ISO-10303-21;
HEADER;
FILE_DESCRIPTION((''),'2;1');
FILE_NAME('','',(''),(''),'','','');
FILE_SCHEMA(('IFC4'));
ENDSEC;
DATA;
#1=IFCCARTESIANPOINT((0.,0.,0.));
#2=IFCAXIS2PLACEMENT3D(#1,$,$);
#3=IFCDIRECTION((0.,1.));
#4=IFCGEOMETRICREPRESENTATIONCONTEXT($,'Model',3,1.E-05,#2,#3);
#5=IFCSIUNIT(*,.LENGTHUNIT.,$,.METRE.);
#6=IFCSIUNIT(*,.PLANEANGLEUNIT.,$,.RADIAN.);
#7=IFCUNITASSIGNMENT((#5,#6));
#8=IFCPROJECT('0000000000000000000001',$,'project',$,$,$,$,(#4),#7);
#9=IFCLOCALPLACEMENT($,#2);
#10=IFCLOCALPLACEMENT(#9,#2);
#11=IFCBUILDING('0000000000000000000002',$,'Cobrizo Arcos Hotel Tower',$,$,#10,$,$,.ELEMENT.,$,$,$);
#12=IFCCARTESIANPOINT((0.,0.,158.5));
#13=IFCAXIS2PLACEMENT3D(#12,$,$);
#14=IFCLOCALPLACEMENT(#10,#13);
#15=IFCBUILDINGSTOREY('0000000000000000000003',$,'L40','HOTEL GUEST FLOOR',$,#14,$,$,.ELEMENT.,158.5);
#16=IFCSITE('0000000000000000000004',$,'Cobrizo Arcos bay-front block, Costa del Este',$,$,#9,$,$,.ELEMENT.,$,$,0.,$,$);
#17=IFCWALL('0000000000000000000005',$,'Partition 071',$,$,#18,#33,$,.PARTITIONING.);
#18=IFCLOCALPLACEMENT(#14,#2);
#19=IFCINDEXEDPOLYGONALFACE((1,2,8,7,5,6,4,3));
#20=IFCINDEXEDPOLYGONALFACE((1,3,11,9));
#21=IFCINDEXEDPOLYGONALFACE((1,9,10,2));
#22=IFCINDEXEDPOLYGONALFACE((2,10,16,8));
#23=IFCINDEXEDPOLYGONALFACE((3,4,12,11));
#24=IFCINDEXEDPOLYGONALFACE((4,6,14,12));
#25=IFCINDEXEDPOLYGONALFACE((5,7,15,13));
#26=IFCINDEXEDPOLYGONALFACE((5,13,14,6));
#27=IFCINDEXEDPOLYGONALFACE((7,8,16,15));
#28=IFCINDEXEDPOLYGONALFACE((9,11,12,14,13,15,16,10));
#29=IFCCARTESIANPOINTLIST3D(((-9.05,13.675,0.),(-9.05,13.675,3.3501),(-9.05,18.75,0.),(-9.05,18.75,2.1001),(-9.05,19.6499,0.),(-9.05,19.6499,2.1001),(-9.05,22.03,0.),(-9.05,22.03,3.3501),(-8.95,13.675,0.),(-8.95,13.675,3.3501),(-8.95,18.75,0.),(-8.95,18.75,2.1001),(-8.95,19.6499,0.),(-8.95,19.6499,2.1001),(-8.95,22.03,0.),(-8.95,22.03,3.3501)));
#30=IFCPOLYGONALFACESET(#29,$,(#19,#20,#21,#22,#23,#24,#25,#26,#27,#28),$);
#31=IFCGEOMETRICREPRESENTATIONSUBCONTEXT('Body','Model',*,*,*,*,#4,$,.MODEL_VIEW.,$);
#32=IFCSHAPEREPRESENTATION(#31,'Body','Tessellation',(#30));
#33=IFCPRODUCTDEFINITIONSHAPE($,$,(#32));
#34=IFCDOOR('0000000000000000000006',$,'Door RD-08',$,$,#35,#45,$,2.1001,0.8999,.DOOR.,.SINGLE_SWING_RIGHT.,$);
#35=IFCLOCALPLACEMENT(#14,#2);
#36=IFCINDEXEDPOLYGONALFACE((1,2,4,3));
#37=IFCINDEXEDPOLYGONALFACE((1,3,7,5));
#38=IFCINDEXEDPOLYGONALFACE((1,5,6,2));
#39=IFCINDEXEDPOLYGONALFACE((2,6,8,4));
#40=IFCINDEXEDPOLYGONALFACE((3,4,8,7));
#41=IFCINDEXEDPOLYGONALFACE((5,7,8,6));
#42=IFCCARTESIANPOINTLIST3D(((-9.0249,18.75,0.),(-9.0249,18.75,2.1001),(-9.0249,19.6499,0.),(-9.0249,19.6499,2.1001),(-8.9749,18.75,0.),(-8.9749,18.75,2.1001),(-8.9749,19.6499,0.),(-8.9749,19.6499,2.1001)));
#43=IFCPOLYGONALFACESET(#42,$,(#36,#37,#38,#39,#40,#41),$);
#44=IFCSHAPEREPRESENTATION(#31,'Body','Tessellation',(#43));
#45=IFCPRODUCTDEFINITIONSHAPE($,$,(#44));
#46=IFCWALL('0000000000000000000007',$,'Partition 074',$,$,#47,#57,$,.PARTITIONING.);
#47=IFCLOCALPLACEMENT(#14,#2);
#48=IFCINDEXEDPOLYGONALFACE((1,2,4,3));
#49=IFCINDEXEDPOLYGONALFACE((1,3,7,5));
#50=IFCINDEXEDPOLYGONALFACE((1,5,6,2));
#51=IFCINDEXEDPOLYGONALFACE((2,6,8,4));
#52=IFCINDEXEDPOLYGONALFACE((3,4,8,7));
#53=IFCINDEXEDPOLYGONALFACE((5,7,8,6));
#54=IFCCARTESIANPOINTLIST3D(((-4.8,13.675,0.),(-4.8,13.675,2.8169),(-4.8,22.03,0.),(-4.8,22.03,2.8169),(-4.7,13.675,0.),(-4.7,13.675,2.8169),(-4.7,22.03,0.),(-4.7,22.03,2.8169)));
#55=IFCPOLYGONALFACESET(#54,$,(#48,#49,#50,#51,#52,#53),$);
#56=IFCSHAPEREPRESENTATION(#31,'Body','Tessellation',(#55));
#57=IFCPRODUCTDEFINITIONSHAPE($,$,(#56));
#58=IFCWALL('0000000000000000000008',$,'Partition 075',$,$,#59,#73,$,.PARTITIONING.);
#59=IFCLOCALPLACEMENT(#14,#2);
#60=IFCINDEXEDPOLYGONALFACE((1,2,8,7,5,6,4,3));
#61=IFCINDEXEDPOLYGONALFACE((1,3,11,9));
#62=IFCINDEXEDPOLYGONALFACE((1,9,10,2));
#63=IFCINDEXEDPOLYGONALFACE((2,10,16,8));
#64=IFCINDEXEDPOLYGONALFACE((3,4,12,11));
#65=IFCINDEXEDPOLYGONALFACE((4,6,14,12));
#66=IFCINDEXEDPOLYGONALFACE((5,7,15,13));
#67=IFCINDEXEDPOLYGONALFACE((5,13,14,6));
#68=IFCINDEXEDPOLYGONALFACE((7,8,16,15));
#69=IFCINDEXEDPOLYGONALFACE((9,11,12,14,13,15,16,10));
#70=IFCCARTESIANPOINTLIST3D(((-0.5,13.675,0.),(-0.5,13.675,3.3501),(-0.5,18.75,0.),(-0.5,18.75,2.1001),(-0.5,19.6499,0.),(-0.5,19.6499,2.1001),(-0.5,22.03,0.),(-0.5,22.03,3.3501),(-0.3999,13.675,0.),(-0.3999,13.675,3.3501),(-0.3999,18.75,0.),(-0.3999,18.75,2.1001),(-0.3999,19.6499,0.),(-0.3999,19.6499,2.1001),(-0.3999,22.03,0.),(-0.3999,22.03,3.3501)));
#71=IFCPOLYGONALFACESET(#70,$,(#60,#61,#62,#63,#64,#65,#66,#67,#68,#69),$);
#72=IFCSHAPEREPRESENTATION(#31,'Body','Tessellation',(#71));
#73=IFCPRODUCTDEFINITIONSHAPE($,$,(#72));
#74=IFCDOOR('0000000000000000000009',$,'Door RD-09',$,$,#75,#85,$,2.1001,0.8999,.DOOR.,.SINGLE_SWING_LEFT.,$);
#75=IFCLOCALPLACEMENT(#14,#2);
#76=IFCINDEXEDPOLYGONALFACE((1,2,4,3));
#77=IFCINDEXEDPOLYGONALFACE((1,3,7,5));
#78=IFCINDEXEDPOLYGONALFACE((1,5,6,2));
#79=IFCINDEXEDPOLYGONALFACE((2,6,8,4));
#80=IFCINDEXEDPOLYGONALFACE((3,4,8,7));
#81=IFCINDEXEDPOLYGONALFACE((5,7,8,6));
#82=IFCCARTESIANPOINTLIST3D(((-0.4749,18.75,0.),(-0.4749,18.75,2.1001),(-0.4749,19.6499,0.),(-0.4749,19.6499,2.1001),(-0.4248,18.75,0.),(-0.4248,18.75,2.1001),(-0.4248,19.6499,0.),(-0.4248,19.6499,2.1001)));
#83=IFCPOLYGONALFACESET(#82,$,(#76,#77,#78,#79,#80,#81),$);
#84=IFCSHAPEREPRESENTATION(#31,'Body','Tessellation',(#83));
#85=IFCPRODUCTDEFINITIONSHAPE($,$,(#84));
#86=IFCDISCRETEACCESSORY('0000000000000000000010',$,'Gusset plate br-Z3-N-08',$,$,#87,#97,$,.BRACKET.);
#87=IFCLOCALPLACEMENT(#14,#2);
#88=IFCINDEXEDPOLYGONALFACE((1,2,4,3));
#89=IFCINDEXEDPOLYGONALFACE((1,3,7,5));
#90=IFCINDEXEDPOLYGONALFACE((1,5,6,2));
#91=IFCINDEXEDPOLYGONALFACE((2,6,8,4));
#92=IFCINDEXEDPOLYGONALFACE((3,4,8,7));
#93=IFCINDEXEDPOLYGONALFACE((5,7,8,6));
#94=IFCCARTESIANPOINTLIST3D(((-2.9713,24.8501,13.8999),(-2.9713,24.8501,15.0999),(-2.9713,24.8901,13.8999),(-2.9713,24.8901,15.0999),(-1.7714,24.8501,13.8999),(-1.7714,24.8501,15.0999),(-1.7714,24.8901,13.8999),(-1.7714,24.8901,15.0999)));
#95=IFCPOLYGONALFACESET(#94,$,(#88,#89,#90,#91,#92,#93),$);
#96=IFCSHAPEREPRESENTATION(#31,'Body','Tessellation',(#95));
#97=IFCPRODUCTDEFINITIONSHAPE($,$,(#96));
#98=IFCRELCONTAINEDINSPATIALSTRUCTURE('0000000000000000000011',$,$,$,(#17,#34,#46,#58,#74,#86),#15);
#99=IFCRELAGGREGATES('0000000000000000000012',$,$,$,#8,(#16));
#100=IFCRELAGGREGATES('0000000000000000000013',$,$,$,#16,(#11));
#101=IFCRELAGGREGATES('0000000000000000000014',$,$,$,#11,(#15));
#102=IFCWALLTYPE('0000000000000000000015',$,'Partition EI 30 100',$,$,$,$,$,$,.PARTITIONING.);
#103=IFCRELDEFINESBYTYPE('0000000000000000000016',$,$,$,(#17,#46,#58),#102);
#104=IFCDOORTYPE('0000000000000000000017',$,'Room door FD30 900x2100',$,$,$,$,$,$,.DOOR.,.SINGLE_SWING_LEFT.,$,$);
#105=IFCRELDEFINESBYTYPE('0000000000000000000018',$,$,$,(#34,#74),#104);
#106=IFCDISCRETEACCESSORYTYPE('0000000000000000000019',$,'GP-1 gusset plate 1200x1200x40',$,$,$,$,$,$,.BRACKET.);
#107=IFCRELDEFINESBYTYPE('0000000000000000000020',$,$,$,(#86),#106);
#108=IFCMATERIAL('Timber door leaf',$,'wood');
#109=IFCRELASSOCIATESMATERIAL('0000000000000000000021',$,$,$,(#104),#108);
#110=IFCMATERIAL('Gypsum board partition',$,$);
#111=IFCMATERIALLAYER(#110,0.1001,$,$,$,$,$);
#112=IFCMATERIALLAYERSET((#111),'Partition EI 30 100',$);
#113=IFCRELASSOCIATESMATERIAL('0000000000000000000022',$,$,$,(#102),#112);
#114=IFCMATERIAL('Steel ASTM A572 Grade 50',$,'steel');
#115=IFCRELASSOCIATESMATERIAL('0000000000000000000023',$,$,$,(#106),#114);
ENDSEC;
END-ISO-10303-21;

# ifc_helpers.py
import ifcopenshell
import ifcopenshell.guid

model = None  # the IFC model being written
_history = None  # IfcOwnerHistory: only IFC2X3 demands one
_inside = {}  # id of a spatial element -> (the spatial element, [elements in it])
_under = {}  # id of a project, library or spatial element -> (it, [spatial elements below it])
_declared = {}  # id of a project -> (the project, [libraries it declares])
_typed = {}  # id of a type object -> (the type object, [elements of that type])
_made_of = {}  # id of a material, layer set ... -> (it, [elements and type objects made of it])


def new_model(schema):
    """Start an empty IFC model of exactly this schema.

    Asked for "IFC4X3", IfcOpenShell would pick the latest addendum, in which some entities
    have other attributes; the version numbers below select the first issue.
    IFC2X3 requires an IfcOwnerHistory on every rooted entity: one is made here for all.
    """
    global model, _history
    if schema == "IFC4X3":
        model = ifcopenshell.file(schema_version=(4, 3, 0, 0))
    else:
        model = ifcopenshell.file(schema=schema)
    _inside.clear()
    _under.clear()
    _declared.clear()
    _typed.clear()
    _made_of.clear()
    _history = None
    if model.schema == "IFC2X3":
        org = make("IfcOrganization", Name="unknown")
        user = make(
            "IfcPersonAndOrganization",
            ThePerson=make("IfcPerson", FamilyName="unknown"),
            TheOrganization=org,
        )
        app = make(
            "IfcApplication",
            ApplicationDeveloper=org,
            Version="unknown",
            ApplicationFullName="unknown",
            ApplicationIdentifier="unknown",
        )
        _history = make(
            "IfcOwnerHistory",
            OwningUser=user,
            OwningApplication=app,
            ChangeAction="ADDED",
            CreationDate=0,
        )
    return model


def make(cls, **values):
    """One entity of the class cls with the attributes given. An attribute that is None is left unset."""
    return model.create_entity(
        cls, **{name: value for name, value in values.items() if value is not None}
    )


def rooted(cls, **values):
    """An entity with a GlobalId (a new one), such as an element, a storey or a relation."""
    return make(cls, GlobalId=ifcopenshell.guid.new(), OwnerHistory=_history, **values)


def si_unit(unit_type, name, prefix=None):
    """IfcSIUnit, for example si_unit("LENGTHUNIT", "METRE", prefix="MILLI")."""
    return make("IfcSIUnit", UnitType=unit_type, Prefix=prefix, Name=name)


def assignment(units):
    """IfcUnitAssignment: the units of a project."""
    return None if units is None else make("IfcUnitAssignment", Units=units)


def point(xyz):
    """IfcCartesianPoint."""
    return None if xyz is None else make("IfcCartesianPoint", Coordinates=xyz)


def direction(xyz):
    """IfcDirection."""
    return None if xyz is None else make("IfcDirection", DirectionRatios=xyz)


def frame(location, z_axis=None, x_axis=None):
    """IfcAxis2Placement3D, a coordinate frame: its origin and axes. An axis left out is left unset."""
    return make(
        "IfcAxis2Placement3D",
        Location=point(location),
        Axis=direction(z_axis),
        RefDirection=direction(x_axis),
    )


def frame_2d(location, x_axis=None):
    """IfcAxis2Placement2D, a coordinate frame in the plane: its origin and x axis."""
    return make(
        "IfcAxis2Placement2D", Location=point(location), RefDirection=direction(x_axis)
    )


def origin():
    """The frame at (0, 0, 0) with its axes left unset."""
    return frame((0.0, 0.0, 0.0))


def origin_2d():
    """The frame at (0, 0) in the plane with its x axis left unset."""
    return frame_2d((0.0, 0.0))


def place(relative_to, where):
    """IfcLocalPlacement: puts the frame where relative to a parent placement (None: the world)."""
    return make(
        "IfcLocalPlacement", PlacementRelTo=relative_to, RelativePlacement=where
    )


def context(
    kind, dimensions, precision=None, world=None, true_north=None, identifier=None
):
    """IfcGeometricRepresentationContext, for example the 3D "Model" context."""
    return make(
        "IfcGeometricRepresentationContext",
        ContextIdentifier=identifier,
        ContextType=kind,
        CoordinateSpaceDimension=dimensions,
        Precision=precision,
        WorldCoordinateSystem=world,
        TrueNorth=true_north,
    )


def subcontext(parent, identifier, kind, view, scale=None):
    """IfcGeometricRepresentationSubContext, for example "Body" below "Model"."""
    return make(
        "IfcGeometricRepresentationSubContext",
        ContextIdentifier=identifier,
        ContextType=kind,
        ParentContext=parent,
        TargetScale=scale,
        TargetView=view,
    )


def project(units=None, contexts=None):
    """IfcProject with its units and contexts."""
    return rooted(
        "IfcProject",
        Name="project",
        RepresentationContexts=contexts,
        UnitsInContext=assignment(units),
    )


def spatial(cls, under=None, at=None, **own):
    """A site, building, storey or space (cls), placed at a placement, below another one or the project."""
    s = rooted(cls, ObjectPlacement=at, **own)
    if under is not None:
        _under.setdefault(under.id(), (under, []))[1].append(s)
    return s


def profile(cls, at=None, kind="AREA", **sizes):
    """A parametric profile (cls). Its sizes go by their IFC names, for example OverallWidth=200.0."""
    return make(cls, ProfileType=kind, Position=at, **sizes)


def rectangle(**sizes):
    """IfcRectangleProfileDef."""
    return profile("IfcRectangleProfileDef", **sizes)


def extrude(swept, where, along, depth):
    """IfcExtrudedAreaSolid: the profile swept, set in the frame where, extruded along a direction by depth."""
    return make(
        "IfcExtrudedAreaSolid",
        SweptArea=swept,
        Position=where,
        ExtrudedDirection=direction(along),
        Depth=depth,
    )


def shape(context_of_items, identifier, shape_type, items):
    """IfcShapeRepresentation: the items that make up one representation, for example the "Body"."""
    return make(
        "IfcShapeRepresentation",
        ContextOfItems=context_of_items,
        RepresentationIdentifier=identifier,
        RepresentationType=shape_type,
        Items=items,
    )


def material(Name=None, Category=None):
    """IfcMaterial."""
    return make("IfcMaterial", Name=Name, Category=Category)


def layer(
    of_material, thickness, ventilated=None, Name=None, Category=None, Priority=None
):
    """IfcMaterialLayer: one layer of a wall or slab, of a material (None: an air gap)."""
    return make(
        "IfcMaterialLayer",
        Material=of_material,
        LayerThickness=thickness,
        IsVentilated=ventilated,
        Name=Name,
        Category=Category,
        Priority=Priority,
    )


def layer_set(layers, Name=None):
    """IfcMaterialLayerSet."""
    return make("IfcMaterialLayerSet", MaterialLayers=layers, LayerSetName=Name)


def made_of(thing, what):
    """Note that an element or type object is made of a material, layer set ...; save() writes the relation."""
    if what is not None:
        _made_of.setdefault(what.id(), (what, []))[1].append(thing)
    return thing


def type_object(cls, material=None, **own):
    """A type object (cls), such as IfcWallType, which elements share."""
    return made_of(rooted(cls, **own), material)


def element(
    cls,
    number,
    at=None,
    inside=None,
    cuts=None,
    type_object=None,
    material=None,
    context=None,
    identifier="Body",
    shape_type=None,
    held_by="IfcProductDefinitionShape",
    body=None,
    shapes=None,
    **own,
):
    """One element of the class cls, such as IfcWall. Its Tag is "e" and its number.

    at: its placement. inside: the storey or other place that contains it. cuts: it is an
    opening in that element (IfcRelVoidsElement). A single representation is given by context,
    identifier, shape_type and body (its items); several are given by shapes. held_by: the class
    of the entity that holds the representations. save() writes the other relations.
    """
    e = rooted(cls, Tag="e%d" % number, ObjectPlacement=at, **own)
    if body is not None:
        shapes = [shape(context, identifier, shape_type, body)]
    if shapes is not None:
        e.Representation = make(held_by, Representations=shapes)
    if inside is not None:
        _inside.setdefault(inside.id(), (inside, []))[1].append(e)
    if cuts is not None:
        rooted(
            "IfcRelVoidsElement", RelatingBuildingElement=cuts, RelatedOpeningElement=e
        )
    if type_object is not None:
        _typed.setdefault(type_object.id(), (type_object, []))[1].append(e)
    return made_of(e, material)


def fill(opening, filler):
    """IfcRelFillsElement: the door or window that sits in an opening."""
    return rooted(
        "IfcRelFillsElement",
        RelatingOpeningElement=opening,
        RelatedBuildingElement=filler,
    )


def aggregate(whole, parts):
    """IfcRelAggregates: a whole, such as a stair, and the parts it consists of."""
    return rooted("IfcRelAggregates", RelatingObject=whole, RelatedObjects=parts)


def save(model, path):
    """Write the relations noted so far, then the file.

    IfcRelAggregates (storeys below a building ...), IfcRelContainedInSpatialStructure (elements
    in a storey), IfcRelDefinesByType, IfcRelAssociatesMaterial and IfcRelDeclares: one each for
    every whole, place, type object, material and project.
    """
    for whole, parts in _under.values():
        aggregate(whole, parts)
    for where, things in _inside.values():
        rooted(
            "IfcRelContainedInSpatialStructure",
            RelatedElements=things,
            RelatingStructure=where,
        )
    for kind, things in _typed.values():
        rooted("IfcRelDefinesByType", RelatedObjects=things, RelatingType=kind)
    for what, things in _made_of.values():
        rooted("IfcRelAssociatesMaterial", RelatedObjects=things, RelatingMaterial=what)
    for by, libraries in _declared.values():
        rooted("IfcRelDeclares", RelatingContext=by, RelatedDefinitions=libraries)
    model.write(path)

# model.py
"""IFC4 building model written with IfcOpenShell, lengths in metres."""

from ifc_helpers import new_model, si_unit, direction, frame, frame_2d, origin, origin_2d, place, context, subcontext, project, spatial, rectangle, extrude, material, layer, layer_set, type_object, element, fill, save


model = new_model("IFC4")

# Units and contexts
model_context = context("Model", 3, precision=1e-05, world=origin(), true_north=direction((0.0, 1.0)))
body_context = subcontext(model_context, "Body", "Model", "MODEL_VIEW")
ifc_project = project(units=[si_unit("LENGTHUNIT", "METRE"), si_unit("PLANEANGLEUNIT", "RADIAN")], contexts=[model_context])

# Site, building, storey
site_placement = place(None, origin())
site = spatial("IfcSite", under=ifc_project, at=site_placement, Name="Cobrizo Arcos bay-front block, Costa del Este", CompositionType="ELEMENT", RefElevation=0.0)
building_placement = place(site_placement, origin())
building = spatial("IfcBuilding", under=site, at=building_placement, Name="Cobrizo Arcos Hotel Tower", CompositionType="ELEMENT")
storey_placement = place(building_placement, frame((0.0, 0.0, 158.5)))
storey = spatial("IfcBuildingStorey", under=building, at=storey_placement, Name="L40", Description="HOTEL GUEST FLOOR", CompositionType="ELEMENT", Elevation=158.5)

# Shared definitions
ifc_material_1 = material(Name="Steel ASTM A572 Grade 50", Category="steel")

# Shared definitions
ifc_material_2 = material(Name="Gypsum board partition")
ifc_material_3 = material(Name="Timber door leaf", Category="wood")
door_type_1 = type_object("IfcDoorType", Name="Room door FD30 900x2100", OperationType="SINGLE_SWING_LEFT", PredefinedType="DOOR", material=ifc_material_3)

# Shared definitions
ifc_layer_1 = layer(ifc_material_2, 0.1001)
ifc_layer_set_1 = layer_set([ifc_layer_1], Name="Partition EI 30 100")
wall_type_1 = type_object("IfcWallType", Name="Partition EI 30 100", PredefinedType="PARTITIONING", material=ifc_layer_set_1)

# Wall, opening, door
wall_1_placement = place(storey_placement, frame((-9.0, 13.675, 0.0), z_axis=(0.0, 0.0, 1.0), x_axis=(0.0, 1.0, 0.0)))
wall_1 = element("IfcWall", 1, at=wall_1_placement, inside=storey, type_object=wall_type_1, Name="Partition 071", PredefinedType="PARTITIONING", context=body_context, shape_type="SweptSolid", body=[
    extrude(rectangle(XDim=8.355, YDim=0.1001, at=frame_2d((4.1775, 0.0))), origin(), (0.0, 0.0, 1.0), 3.3501),
])
opening_1_placement = place(wall_1_placement, frame((5.075, 0.0, 0.0)))
opening_1 = element("IfcOpeningElement", 2, at=opening_1_placement, cuts=wall_1, PredefinedType="OPENING", context=body_context, shape_type="SweptSolid", body=[
    extrude(rectangle(XDim=0.8999, YDim=2.1001, at=frame_2d((0.45, 1.05))), frame((0.0, 0.062, 0.0), z_axis=(0.0, -1.0, 0.0), x_axis=(1.0, 0.0, 0.0)), (0.0, 0.0, 1.0), 0.124),
])
door_1_placement = place(opening_1_placement, origin())
door_1 = element("IfcDoor", 3, at=door_1_placement, inside=storey, type_object=door_type_1, Name="Door RD-08", OperationType="SINGLE_SWING_RIGHT", OverallHeight=2.1001, OverallWidth=0.8999, PredefinedType="DOOR", context=body_context, shape_type="SweptSolid", body=[
    extrude(rectangle(XDim=0.8999, YDim=2.1001, at=frame_2d((0.45, 1.05))), frame((0.0, 0.0249, 0.0), z_axis=(0.0, -1.0, 0.0), x_axis=(1.0, 0.0, 0.0)), (0.0, 0.0, 1.0), 0.05),
])
fill(opening_1, door_1)

# Wall
wall_2_placement = place(storey_placement, frame((-4.75, 13.675, 0.0), z_axis=(0.0, 0.0, 1.0), x_axis=(0.0, 1.0, 0.0)))
element("IfcWall", 4, at=wall_2_placement, inside=storey, type_object=wall_type_1, Name="Partition 074", PredefinedType="PARTITIONING", context=body_context, shape_type="SweptSolid", body=[
    extrude(rectangle(XDim=8.355, YDim=0.1001, at=frame_2d((4.1775, 0.0))), origin(), (0.0, 0.0, 1.0), 2.8169),
])

# Wall, opening, door
wall_3_placement = place(storey_placement, frame((-0.45, 13.675, 0.0), z_axis=(0.0, 0.0, 1.0), x_axis=(0.0, 1.0, 0.0)))
wall_3 = element("IfcWall", 5, at=wall_3_placement, inside=storey, type_object=wall_type_1, Name="Partition 075", PredefinedType="PARTITIONING", context=body_context, shape_type="SweptSolid", body=[
    extrude(rectangle(XDim=8.355, YDim=0.1001, at=frame_2d((4.1775, 0.0))), origin(), (0.0, 0.0, 1.0), 3.3501),
])
opening_2_placement = place(wall_3_placement, frame((5.075, 0.0, 0.0)))
opening_2 = element("IfcOpeningElement", 6, at=opening_2_placement, cuts=wall_3, PredefinedType="OPENING", context=body_context, shape_type="SweptSolid", body=[
    extrude(rectangle(XDim=0.8999, YDim=2.1001, at=frame_2d((0.45, 1.05))), frame((0.0, 0.062, 0.0), z_axis=(0.0, -1.0, 0.0), x_axis=(1.0, 0.0, 0.0)), (0.0, 0.0, 1.0), 0.124),
])
door_2_placement = place(opening_2_placement, origin())
door_2 = element("IfcDoor", 7, at=door_2_placement, inside=storey, type_object=door_type_1, Name="Door RD-09", OperationType="SINGLE_SWING_LEFT", OverallHeight=2.1001, OverallWidth=0.8999, PredefinedType="DOOR", context=body_context, shape_type="SweptSolid", body=[
    extrude(rectangle(XDim=0.8999, YDim=2.1001, at=frame_2d((0.45, 1.05))), frame((0.0, 0.0249, 0.0), z_axis=(0.0, -1.0, 0.0), x_axis=(1.0, 0.0, 0.0)), (0.0, 0.0, 1.0), 0.05),
])
fill(opening_2, door_2)

# Discrete accessory
discrete_accessory_type = type_object("IfcDiscreteAccessoryType", Name="GP-1 gusset plate 1200x1200x40", PredefinedType="BRACKET", material=ifc_material_1)
discrete_accessory_placement = place(storey_placement, frame((-2.3713, 24.8701, 13.8999), z_axis=(0.0, 0.0, 1.0), x_axis=(1.0, 0.0, 0.0)))
element("IfcDiscreteAccessory", 8, at=discrete_accessory_placement, inside=storey, type_object=discrete_accessory_type, Name="Gusset plate br-Z3-N-08", PredefinedType="BRACKET", context=body_context, shape_type="SweptSolid", body=[
    extrude(rectangle(XDim=1.2, YDim=0.04, at=origin_2d()), origin(), (0.0, 0.0, 1.0), 1.2),
])

save(model, "model.ifc")
